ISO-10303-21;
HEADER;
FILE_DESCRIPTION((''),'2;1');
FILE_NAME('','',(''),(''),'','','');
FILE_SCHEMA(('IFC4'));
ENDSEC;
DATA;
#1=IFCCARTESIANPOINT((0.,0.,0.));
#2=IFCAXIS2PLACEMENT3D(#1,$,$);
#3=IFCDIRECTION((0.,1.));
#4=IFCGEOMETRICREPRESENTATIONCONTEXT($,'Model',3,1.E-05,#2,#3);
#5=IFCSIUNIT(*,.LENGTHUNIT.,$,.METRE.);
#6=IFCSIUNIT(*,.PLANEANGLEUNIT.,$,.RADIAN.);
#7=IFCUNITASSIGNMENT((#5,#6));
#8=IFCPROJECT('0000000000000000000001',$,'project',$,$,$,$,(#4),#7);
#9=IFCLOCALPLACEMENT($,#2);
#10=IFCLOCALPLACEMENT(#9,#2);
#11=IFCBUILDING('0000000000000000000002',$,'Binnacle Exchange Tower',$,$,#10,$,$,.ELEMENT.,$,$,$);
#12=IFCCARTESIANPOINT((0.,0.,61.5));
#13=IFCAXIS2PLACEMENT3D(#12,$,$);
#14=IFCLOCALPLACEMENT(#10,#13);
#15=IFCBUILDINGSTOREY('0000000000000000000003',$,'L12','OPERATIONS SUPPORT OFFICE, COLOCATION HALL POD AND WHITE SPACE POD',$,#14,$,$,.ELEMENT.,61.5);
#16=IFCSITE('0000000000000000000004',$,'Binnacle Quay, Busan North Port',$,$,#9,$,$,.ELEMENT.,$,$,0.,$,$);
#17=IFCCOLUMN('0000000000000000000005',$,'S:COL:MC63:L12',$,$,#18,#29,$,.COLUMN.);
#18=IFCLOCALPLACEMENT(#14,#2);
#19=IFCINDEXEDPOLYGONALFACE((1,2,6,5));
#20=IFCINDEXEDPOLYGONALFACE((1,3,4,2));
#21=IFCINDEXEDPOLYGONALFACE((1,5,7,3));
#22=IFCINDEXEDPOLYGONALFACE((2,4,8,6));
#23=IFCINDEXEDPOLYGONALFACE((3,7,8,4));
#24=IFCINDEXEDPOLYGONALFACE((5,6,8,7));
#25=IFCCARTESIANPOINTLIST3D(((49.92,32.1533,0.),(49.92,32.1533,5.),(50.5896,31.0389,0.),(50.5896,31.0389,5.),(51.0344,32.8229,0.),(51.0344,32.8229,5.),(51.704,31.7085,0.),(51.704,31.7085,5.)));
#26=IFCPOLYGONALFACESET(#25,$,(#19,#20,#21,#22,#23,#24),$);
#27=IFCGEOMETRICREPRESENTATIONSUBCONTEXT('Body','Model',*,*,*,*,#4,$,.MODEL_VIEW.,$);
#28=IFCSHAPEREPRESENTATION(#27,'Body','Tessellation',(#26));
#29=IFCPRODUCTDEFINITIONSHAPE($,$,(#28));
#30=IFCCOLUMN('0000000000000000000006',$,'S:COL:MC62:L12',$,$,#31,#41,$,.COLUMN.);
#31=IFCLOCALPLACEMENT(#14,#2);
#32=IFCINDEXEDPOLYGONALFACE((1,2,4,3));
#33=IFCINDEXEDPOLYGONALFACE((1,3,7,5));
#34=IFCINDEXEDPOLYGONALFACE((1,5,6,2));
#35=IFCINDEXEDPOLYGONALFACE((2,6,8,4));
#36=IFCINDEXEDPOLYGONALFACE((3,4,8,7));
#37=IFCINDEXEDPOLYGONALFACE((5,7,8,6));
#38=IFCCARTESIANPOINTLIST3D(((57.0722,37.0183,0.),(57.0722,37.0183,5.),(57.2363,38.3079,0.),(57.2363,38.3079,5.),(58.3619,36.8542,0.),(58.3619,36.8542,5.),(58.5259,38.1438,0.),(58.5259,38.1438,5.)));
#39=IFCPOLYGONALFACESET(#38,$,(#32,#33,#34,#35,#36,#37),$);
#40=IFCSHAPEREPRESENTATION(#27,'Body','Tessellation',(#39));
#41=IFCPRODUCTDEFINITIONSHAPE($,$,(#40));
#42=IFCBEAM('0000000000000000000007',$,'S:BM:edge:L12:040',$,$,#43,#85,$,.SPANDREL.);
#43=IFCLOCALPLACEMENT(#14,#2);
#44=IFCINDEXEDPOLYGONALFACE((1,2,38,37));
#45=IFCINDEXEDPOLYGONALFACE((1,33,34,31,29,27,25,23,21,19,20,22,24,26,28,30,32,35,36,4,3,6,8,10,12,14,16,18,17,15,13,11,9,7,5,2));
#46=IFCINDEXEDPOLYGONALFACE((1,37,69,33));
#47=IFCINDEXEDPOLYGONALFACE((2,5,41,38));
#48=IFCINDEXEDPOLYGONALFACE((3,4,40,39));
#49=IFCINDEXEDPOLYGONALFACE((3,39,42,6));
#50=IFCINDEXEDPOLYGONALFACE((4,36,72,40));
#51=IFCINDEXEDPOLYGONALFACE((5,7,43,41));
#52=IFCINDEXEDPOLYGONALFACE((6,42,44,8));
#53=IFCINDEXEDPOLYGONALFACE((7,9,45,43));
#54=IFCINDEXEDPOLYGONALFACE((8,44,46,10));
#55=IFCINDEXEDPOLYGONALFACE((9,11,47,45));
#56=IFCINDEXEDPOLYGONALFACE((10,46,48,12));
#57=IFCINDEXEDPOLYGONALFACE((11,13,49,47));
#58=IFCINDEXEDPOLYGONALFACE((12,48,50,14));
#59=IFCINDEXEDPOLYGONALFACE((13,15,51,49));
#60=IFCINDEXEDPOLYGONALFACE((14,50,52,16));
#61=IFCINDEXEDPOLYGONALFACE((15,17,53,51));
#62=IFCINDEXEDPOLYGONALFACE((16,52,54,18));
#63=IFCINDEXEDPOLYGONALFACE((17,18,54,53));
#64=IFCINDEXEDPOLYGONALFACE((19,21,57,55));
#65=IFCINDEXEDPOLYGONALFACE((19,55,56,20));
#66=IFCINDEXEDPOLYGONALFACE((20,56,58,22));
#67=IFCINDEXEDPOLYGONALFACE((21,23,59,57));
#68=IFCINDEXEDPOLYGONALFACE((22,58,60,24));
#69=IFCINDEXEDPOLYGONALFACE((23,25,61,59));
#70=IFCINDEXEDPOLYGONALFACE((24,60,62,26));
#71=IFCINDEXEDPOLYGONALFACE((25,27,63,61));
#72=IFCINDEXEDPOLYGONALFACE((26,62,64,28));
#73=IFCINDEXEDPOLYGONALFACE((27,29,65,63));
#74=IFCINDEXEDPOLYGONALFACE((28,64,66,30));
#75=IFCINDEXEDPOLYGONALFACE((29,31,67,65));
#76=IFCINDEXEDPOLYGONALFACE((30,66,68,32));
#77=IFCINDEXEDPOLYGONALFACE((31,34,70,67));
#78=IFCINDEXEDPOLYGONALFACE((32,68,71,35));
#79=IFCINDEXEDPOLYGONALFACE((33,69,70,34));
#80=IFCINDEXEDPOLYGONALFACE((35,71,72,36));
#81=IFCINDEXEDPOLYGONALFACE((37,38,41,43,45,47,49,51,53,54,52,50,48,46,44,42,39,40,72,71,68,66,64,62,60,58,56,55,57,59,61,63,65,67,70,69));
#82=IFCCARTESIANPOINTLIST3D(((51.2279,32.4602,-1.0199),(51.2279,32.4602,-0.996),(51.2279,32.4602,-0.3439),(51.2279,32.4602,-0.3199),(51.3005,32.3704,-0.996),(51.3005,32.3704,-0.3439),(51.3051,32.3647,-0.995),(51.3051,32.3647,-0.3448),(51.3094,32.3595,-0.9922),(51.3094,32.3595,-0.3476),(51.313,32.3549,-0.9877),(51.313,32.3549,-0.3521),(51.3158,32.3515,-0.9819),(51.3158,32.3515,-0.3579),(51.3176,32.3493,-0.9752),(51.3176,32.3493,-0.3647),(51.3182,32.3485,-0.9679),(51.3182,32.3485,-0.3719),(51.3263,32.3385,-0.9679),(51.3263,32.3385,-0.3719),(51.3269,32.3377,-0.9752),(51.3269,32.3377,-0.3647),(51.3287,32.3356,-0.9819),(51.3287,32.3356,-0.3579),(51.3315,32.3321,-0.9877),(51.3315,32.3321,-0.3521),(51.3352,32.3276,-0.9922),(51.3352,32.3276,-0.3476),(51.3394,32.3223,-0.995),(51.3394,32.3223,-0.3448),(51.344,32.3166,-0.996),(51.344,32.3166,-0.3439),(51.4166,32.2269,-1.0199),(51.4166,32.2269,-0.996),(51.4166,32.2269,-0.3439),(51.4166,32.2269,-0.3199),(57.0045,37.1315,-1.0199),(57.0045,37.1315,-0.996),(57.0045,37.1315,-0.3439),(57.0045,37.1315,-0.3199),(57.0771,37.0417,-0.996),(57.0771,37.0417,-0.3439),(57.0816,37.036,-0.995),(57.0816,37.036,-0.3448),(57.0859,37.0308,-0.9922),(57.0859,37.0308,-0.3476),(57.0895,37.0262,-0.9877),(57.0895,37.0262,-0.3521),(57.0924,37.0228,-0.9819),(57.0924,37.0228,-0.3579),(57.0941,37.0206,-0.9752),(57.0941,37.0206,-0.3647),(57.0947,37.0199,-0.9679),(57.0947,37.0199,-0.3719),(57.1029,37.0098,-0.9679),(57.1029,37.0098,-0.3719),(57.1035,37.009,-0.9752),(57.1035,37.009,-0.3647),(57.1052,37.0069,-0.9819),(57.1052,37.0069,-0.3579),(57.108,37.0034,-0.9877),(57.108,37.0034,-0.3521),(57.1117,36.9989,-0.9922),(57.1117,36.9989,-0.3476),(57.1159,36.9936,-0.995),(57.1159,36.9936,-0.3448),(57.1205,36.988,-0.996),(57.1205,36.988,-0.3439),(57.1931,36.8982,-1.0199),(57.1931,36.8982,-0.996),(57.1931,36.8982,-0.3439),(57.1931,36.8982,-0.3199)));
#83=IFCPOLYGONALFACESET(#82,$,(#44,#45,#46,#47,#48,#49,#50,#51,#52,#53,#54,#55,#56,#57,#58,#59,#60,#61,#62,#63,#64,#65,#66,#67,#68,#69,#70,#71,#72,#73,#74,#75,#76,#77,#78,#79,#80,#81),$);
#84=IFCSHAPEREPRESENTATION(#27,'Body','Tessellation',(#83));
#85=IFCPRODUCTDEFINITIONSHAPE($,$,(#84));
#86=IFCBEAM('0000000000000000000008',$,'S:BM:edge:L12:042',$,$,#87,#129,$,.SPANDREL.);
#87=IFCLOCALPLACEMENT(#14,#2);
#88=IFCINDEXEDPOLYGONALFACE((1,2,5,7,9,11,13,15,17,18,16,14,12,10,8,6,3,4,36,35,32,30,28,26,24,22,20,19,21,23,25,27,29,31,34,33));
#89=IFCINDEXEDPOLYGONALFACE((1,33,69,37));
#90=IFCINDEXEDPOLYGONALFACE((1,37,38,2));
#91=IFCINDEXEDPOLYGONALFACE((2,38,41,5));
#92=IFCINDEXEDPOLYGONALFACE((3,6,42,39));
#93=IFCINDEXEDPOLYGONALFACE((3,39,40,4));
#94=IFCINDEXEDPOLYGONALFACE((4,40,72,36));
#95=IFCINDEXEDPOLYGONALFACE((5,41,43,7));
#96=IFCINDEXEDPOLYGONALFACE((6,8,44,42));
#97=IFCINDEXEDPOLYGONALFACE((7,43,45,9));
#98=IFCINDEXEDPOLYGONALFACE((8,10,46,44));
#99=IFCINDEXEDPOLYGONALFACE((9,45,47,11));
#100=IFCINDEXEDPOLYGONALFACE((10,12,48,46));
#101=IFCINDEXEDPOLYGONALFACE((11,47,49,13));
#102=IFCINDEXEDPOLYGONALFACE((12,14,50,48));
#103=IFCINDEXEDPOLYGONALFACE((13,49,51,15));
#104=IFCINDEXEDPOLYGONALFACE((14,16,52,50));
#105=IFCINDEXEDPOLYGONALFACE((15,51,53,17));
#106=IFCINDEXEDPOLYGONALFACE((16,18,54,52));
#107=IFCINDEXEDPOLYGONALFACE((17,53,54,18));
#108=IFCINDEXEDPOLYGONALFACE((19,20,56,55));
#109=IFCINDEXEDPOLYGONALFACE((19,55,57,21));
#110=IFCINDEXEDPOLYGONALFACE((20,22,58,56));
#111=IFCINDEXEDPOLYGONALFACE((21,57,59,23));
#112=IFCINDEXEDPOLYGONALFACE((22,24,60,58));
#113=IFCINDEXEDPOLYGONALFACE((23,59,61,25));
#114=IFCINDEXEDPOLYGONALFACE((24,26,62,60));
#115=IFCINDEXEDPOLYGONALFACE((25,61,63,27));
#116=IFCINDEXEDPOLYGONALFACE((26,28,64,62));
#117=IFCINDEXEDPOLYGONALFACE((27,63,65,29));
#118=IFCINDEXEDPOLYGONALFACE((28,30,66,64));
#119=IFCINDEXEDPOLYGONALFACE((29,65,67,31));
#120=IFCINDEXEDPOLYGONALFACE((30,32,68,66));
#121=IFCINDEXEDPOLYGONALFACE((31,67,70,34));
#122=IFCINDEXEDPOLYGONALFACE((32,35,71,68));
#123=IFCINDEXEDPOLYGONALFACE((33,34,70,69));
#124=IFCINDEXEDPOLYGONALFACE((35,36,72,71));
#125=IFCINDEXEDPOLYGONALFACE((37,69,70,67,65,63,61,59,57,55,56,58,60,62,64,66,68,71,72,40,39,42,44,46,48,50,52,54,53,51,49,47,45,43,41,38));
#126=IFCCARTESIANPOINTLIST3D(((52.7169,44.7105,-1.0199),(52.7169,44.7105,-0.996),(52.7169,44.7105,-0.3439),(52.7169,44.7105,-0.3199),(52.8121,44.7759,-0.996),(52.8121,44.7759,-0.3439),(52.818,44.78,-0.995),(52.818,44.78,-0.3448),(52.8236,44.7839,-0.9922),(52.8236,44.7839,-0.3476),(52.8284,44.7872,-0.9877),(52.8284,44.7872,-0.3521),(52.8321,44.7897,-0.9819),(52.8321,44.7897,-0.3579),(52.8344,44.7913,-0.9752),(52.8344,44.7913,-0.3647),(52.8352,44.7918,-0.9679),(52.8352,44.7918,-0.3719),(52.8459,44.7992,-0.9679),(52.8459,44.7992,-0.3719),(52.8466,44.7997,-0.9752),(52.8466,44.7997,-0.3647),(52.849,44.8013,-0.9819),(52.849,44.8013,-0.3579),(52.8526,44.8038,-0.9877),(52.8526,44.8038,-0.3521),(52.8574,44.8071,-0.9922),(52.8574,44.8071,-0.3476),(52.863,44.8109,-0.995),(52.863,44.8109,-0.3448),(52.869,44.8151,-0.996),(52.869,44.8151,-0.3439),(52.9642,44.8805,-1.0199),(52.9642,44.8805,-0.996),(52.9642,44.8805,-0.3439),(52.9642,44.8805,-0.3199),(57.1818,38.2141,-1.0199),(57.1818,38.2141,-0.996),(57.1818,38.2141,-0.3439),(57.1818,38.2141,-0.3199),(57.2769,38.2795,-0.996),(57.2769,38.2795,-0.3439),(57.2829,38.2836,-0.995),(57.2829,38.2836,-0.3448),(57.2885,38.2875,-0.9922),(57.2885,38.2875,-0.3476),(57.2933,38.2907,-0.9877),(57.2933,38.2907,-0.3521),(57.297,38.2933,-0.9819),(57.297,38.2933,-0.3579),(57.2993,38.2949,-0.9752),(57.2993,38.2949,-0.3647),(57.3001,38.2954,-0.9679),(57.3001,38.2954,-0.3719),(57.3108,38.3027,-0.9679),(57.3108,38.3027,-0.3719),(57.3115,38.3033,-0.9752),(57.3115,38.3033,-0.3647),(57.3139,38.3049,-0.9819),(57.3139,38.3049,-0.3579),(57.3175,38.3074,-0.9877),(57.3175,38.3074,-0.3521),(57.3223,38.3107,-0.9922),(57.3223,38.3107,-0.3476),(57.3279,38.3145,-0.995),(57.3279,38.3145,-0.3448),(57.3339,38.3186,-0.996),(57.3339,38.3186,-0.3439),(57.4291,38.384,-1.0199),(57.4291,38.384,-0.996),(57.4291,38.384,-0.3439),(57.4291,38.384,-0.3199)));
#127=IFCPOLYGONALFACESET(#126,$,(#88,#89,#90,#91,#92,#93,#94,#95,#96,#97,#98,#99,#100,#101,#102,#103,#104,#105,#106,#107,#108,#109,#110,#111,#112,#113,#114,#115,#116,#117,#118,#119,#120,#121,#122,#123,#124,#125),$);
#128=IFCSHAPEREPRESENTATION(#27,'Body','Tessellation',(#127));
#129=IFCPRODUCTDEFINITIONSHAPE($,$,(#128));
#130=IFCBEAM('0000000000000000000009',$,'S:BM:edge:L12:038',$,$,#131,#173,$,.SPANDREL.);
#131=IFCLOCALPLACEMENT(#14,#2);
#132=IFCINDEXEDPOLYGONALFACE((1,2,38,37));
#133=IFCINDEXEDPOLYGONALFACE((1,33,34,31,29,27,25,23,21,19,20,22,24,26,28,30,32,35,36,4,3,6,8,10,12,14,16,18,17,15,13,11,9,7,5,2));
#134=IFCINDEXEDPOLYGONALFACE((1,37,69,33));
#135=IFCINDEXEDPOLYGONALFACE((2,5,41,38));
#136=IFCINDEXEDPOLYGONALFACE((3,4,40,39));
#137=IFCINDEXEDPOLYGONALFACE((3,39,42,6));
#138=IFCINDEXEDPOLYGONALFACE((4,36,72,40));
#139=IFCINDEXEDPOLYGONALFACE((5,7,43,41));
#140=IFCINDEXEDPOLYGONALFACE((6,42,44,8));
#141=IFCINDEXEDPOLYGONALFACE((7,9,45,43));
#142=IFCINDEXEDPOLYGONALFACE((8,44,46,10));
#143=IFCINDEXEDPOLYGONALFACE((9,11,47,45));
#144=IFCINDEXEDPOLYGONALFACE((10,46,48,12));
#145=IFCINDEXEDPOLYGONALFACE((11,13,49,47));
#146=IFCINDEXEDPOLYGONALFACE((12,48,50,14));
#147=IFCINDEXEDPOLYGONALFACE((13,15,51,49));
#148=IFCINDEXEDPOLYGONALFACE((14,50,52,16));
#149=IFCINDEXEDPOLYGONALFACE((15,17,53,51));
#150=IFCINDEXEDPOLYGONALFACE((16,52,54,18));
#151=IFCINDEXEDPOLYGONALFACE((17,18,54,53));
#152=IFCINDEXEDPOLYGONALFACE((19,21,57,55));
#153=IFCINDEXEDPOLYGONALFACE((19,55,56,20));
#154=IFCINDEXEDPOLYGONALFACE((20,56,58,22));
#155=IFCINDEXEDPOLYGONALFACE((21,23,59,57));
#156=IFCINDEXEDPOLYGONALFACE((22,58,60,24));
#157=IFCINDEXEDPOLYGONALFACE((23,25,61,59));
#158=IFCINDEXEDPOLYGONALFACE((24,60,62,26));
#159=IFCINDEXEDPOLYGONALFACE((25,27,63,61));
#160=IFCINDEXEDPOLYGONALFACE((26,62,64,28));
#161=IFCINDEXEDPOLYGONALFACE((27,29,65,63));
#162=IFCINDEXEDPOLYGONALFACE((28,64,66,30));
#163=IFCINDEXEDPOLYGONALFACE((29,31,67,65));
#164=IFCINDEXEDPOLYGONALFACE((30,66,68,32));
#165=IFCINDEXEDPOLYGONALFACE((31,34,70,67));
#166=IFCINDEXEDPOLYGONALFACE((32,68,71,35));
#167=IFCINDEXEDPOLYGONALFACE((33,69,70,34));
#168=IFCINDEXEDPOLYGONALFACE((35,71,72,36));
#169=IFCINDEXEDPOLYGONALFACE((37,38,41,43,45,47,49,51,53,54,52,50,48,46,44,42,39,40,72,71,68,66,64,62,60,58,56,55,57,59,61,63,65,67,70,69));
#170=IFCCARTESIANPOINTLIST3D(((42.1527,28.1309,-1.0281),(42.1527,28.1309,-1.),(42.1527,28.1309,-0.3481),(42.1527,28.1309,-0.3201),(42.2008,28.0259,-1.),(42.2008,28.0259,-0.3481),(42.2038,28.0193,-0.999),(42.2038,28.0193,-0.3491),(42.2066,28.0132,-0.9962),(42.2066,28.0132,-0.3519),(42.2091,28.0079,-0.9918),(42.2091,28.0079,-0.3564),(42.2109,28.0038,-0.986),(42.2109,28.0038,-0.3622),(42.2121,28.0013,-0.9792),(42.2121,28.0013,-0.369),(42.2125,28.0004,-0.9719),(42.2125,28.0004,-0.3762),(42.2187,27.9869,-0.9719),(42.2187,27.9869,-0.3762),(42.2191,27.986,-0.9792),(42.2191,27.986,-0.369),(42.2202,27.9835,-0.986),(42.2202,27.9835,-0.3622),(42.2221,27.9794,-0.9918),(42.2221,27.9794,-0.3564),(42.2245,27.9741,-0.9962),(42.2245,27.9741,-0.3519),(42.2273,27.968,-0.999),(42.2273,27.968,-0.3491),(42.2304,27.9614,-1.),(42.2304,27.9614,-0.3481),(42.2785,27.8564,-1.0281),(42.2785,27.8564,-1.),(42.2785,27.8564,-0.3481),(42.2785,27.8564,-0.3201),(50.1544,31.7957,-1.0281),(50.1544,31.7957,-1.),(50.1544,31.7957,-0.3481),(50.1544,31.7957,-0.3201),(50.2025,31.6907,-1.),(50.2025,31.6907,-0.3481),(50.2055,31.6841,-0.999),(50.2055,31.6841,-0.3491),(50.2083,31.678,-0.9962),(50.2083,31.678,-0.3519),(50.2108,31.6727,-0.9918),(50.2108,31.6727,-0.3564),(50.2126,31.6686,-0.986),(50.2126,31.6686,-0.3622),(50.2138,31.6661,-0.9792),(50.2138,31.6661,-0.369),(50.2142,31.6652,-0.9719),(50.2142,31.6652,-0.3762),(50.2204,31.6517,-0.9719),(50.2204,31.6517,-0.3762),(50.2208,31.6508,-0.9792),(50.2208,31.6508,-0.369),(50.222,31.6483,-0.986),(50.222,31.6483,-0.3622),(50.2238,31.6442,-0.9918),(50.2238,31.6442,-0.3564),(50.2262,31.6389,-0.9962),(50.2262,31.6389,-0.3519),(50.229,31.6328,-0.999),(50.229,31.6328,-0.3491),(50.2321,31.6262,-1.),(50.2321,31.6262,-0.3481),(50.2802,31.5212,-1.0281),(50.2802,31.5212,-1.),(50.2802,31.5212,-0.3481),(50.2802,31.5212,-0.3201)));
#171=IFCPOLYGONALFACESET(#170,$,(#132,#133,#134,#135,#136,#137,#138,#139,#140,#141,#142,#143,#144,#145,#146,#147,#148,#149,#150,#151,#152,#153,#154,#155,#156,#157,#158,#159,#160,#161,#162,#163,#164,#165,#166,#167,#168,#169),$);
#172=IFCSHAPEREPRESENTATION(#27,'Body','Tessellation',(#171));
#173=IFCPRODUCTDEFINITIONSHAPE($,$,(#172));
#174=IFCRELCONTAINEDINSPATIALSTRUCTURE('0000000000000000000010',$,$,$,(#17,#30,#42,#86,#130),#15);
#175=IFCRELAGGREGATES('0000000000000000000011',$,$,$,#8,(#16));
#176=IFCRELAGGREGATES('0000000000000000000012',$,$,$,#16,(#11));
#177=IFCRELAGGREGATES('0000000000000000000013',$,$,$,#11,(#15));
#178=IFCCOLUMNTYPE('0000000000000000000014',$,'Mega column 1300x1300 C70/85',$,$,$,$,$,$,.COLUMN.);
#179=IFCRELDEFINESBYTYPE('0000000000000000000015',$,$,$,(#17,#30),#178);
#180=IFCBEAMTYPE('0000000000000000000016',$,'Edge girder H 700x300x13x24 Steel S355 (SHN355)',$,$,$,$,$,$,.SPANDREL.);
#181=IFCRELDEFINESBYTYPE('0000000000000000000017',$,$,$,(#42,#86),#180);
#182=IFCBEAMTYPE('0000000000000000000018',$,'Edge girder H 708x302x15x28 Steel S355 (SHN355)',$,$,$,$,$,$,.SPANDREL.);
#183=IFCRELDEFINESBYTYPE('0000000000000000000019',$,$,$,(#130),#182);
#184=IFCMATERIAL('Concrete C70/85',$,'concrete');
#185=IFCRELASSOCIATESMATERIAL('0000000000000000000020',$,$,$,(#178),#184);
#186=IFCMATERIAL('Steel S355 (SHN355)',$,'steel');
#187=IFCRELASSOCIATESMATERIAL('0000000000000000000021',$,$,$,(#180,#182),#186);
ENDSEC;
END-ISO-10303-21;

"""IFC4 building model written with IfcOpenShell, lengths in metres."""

from ifc_helpers import new_model, si_unit, direction, frame, origin, origin_2d, place, context, subcontext, project, spatial, rectangle, i_section, extrude, material, material_profile, profile_set, type_object, element, save


model = new_model("IFC4")

# Units and contexts
model_context = context("Model", 3, precision=1e-05, world=origin(), true_north=direction((0.0, 1.0)))
body_context = subcontext(model_context, "Body", "Model", "MODEL_VIEW")
ifc_project = project(units=[si_unit("LENGTHUNIT", "METRE"), si_unit("PLANEANGLEUNIT", "RADIAN")], contexts=[model_context])

# Site, building, storey
site_placement = place(None, origin())
site = spatial("IfcSite", under=ifc_project, at=site_placement, Name="Binnacle Quay, Busan North Port", CompositionType="ELEMENT", RefElevation=0.0)
building_placement = place(site_placement, origin())
building = spatial("IfcBuilding", under=site, at=building_placement, Name="Binnacle Exchange Tower", CompositionType="ELEMENT")
storey_placement = place(building_placement, frame((0.0, 0.0, 61.5)))
storey = spatial("IfcBuildingStorey", under=building, at=storey_placement, Name="L12", Description="OPERATIONS SUPPORT OFFICE, COLOCATION HALL POD AND WHITE SPACE POD", CompositionType="ELEMENT", Elevation=61.5)

# Columns
ifc_material_1 = material(Name="Concrete C70/85", Category="concrete")
ifc_material_profile_1 = material_profile(ifc_material_1, rectangle(XDim=1.3, YDim=1.3, at=origin_2d()), Name="Mega column 1300x1300 C70/85")
ifc_profile_set_1 = profile_set([ifc_material_profile_1], Name="Concrete C70/85")
column_type = type_object("IfcColumnType", Name="Mega column 1300x1300 C70/85", PredefinedType="COLUMN", material=ifc_profile_set_1)
for number, where, z_axis, x_axis, name in (
    (1, (50.812, 31.9309, 0.0), (0.0, 0.0, 1.0), (0.857167, 0.515038, 0.0), "S:COL:MC63:L12"),
    (2, (57.7991, 37.5811, 0.0), (0.0, 0.0, 1.0), (0.126199, 0.992005, 0.0), "S:COL:MC62:L12"),
):
    element("IfcColumn", number, at=place(storey_placement, frame(where, z_axis=z_axis, x_axis=x_axis)), inside=storey, type_object=column_type, Name=name, PredefinedType="COLUMN", context=body_context, shape_type="SweptSolid", body=[
        extrude(rectangle(XDim=1.3, YDim=1.3, at=origin_2d()), origin(), (0.0, 0.0, 1.0), 5.0),
    ])

# Beams
ifc_material_2 = material(Name="Steel S355 (SHN355)", Category="steel")
ifc_material_profile_2 = material_profile(ifc_material_2, i_section(OverallWidth=0.3, OverallDepth=0.7, WebThickness=0.0129, FlangeThickness=0.0239, FilletRadius=0.0281, at=origin_2d()), Name="H 700x300x13x24")
ifc_profile_set_2 = profile_set([ifc_material_profile_2], Name="Steel S355 (SHN355)")
beam_type_1 = type_object("IfcBeamType", Name="Edge girder H 700x300x13x24 Steel S355 (SHN355)", PredefinedType="SPANDREL", material=ifc_profile_set_2)
beam_1_placement = place(storey_placement, frame((51.3223, 32.3435, -0.6699), z_axis=(0.777568, 0.628798, 0.0), x_axis=(-0.628798, 0.777568, 0.0)))
element("IfcBeam", 3, at=beam_1_placement, inside=storey, type_object=beam_type_1, Name="S:BM:edge:L12:040", PredefinedType="SPANDREL", context=body_context, shape_type="SweptSolid", body=[
    extrude(i_section(OverallWidth=0.3, OverallDepth=0.7, WebThickness=0.0129, FlangeThickness=0.0239, FilletRadius=0.0281, at=origin_2d()), origin(), (0.0, 0.0, 1.0), 7.429),
])
beam_2_placement = place(storey_placement, frame((57.3054, 38.2991, -0.6699), z_axis=(-0.566409, 0.824124, 0.0), x_axis=(-0.824124, -0.566409, 0.0)))
element("IfcBeam", 4, at=beam_2_placement, inside=storey, type_object=beam_type_1, Name="S:BM:edge:L12:042", PredefinedType="SPANDREL", context=body_context, shape_type="SweptSolid", body=[
    extrude(i_section(OverallWidth=0.3, OverallDepth=0.7, WebThickness=0.0129, FlangeThickness=0.0239, FilletRadius=0.0281, at=origin_2d()), origin(), (0.0, 0.0, 1.0), 7.8828),
])
ifc_material_profile_3 = material_profile(ifc_material_2, i_section(OverallWidth=0.302, OverallDepth=0.708, WebThickness=0.0149, FlangeThickness=0.0281, FilletRadius=0.0281, at=origin_2d()), Name="H 708x302x15x28")
ifc_profile_set_3 = profile_set([ifc_material_profile_3], Name="Steel S355 (SHN355)")
beam_type_2 = type_object("IfcBeamType", Name="Edge girder H 708x302x15x28 Steel S355 (SHN355)", PredefinedType="SPANDREL", material=ifc_profile_set_3)
beam_3_placement = place(storey_placement, frame((42.2156, 27.9937, -0.6741), z_axis=(0.909179, 0.416405, 0.0), x_axis=(-0.416405, 0.909179, 0.0)))
element("IfcBeam", 5, at=beam_3_placement, inside=storey, type_object=beam_type_2, Name="S:BM:edge:L12:038", PredefinedType="SPANDREL", context=body_context, shape_type="SweptSolid", body=[
    extrude(i_section(OverallWidth=0.302, OverallDepth=0.708, WebThickness=0.0149, FlangeThickness=0.0281, FilletRadius=0.0281, at=origin_2d()), origin(), (0.0, 0.0, 1.0), 8.801),
])

save(model, "model.ifc")
